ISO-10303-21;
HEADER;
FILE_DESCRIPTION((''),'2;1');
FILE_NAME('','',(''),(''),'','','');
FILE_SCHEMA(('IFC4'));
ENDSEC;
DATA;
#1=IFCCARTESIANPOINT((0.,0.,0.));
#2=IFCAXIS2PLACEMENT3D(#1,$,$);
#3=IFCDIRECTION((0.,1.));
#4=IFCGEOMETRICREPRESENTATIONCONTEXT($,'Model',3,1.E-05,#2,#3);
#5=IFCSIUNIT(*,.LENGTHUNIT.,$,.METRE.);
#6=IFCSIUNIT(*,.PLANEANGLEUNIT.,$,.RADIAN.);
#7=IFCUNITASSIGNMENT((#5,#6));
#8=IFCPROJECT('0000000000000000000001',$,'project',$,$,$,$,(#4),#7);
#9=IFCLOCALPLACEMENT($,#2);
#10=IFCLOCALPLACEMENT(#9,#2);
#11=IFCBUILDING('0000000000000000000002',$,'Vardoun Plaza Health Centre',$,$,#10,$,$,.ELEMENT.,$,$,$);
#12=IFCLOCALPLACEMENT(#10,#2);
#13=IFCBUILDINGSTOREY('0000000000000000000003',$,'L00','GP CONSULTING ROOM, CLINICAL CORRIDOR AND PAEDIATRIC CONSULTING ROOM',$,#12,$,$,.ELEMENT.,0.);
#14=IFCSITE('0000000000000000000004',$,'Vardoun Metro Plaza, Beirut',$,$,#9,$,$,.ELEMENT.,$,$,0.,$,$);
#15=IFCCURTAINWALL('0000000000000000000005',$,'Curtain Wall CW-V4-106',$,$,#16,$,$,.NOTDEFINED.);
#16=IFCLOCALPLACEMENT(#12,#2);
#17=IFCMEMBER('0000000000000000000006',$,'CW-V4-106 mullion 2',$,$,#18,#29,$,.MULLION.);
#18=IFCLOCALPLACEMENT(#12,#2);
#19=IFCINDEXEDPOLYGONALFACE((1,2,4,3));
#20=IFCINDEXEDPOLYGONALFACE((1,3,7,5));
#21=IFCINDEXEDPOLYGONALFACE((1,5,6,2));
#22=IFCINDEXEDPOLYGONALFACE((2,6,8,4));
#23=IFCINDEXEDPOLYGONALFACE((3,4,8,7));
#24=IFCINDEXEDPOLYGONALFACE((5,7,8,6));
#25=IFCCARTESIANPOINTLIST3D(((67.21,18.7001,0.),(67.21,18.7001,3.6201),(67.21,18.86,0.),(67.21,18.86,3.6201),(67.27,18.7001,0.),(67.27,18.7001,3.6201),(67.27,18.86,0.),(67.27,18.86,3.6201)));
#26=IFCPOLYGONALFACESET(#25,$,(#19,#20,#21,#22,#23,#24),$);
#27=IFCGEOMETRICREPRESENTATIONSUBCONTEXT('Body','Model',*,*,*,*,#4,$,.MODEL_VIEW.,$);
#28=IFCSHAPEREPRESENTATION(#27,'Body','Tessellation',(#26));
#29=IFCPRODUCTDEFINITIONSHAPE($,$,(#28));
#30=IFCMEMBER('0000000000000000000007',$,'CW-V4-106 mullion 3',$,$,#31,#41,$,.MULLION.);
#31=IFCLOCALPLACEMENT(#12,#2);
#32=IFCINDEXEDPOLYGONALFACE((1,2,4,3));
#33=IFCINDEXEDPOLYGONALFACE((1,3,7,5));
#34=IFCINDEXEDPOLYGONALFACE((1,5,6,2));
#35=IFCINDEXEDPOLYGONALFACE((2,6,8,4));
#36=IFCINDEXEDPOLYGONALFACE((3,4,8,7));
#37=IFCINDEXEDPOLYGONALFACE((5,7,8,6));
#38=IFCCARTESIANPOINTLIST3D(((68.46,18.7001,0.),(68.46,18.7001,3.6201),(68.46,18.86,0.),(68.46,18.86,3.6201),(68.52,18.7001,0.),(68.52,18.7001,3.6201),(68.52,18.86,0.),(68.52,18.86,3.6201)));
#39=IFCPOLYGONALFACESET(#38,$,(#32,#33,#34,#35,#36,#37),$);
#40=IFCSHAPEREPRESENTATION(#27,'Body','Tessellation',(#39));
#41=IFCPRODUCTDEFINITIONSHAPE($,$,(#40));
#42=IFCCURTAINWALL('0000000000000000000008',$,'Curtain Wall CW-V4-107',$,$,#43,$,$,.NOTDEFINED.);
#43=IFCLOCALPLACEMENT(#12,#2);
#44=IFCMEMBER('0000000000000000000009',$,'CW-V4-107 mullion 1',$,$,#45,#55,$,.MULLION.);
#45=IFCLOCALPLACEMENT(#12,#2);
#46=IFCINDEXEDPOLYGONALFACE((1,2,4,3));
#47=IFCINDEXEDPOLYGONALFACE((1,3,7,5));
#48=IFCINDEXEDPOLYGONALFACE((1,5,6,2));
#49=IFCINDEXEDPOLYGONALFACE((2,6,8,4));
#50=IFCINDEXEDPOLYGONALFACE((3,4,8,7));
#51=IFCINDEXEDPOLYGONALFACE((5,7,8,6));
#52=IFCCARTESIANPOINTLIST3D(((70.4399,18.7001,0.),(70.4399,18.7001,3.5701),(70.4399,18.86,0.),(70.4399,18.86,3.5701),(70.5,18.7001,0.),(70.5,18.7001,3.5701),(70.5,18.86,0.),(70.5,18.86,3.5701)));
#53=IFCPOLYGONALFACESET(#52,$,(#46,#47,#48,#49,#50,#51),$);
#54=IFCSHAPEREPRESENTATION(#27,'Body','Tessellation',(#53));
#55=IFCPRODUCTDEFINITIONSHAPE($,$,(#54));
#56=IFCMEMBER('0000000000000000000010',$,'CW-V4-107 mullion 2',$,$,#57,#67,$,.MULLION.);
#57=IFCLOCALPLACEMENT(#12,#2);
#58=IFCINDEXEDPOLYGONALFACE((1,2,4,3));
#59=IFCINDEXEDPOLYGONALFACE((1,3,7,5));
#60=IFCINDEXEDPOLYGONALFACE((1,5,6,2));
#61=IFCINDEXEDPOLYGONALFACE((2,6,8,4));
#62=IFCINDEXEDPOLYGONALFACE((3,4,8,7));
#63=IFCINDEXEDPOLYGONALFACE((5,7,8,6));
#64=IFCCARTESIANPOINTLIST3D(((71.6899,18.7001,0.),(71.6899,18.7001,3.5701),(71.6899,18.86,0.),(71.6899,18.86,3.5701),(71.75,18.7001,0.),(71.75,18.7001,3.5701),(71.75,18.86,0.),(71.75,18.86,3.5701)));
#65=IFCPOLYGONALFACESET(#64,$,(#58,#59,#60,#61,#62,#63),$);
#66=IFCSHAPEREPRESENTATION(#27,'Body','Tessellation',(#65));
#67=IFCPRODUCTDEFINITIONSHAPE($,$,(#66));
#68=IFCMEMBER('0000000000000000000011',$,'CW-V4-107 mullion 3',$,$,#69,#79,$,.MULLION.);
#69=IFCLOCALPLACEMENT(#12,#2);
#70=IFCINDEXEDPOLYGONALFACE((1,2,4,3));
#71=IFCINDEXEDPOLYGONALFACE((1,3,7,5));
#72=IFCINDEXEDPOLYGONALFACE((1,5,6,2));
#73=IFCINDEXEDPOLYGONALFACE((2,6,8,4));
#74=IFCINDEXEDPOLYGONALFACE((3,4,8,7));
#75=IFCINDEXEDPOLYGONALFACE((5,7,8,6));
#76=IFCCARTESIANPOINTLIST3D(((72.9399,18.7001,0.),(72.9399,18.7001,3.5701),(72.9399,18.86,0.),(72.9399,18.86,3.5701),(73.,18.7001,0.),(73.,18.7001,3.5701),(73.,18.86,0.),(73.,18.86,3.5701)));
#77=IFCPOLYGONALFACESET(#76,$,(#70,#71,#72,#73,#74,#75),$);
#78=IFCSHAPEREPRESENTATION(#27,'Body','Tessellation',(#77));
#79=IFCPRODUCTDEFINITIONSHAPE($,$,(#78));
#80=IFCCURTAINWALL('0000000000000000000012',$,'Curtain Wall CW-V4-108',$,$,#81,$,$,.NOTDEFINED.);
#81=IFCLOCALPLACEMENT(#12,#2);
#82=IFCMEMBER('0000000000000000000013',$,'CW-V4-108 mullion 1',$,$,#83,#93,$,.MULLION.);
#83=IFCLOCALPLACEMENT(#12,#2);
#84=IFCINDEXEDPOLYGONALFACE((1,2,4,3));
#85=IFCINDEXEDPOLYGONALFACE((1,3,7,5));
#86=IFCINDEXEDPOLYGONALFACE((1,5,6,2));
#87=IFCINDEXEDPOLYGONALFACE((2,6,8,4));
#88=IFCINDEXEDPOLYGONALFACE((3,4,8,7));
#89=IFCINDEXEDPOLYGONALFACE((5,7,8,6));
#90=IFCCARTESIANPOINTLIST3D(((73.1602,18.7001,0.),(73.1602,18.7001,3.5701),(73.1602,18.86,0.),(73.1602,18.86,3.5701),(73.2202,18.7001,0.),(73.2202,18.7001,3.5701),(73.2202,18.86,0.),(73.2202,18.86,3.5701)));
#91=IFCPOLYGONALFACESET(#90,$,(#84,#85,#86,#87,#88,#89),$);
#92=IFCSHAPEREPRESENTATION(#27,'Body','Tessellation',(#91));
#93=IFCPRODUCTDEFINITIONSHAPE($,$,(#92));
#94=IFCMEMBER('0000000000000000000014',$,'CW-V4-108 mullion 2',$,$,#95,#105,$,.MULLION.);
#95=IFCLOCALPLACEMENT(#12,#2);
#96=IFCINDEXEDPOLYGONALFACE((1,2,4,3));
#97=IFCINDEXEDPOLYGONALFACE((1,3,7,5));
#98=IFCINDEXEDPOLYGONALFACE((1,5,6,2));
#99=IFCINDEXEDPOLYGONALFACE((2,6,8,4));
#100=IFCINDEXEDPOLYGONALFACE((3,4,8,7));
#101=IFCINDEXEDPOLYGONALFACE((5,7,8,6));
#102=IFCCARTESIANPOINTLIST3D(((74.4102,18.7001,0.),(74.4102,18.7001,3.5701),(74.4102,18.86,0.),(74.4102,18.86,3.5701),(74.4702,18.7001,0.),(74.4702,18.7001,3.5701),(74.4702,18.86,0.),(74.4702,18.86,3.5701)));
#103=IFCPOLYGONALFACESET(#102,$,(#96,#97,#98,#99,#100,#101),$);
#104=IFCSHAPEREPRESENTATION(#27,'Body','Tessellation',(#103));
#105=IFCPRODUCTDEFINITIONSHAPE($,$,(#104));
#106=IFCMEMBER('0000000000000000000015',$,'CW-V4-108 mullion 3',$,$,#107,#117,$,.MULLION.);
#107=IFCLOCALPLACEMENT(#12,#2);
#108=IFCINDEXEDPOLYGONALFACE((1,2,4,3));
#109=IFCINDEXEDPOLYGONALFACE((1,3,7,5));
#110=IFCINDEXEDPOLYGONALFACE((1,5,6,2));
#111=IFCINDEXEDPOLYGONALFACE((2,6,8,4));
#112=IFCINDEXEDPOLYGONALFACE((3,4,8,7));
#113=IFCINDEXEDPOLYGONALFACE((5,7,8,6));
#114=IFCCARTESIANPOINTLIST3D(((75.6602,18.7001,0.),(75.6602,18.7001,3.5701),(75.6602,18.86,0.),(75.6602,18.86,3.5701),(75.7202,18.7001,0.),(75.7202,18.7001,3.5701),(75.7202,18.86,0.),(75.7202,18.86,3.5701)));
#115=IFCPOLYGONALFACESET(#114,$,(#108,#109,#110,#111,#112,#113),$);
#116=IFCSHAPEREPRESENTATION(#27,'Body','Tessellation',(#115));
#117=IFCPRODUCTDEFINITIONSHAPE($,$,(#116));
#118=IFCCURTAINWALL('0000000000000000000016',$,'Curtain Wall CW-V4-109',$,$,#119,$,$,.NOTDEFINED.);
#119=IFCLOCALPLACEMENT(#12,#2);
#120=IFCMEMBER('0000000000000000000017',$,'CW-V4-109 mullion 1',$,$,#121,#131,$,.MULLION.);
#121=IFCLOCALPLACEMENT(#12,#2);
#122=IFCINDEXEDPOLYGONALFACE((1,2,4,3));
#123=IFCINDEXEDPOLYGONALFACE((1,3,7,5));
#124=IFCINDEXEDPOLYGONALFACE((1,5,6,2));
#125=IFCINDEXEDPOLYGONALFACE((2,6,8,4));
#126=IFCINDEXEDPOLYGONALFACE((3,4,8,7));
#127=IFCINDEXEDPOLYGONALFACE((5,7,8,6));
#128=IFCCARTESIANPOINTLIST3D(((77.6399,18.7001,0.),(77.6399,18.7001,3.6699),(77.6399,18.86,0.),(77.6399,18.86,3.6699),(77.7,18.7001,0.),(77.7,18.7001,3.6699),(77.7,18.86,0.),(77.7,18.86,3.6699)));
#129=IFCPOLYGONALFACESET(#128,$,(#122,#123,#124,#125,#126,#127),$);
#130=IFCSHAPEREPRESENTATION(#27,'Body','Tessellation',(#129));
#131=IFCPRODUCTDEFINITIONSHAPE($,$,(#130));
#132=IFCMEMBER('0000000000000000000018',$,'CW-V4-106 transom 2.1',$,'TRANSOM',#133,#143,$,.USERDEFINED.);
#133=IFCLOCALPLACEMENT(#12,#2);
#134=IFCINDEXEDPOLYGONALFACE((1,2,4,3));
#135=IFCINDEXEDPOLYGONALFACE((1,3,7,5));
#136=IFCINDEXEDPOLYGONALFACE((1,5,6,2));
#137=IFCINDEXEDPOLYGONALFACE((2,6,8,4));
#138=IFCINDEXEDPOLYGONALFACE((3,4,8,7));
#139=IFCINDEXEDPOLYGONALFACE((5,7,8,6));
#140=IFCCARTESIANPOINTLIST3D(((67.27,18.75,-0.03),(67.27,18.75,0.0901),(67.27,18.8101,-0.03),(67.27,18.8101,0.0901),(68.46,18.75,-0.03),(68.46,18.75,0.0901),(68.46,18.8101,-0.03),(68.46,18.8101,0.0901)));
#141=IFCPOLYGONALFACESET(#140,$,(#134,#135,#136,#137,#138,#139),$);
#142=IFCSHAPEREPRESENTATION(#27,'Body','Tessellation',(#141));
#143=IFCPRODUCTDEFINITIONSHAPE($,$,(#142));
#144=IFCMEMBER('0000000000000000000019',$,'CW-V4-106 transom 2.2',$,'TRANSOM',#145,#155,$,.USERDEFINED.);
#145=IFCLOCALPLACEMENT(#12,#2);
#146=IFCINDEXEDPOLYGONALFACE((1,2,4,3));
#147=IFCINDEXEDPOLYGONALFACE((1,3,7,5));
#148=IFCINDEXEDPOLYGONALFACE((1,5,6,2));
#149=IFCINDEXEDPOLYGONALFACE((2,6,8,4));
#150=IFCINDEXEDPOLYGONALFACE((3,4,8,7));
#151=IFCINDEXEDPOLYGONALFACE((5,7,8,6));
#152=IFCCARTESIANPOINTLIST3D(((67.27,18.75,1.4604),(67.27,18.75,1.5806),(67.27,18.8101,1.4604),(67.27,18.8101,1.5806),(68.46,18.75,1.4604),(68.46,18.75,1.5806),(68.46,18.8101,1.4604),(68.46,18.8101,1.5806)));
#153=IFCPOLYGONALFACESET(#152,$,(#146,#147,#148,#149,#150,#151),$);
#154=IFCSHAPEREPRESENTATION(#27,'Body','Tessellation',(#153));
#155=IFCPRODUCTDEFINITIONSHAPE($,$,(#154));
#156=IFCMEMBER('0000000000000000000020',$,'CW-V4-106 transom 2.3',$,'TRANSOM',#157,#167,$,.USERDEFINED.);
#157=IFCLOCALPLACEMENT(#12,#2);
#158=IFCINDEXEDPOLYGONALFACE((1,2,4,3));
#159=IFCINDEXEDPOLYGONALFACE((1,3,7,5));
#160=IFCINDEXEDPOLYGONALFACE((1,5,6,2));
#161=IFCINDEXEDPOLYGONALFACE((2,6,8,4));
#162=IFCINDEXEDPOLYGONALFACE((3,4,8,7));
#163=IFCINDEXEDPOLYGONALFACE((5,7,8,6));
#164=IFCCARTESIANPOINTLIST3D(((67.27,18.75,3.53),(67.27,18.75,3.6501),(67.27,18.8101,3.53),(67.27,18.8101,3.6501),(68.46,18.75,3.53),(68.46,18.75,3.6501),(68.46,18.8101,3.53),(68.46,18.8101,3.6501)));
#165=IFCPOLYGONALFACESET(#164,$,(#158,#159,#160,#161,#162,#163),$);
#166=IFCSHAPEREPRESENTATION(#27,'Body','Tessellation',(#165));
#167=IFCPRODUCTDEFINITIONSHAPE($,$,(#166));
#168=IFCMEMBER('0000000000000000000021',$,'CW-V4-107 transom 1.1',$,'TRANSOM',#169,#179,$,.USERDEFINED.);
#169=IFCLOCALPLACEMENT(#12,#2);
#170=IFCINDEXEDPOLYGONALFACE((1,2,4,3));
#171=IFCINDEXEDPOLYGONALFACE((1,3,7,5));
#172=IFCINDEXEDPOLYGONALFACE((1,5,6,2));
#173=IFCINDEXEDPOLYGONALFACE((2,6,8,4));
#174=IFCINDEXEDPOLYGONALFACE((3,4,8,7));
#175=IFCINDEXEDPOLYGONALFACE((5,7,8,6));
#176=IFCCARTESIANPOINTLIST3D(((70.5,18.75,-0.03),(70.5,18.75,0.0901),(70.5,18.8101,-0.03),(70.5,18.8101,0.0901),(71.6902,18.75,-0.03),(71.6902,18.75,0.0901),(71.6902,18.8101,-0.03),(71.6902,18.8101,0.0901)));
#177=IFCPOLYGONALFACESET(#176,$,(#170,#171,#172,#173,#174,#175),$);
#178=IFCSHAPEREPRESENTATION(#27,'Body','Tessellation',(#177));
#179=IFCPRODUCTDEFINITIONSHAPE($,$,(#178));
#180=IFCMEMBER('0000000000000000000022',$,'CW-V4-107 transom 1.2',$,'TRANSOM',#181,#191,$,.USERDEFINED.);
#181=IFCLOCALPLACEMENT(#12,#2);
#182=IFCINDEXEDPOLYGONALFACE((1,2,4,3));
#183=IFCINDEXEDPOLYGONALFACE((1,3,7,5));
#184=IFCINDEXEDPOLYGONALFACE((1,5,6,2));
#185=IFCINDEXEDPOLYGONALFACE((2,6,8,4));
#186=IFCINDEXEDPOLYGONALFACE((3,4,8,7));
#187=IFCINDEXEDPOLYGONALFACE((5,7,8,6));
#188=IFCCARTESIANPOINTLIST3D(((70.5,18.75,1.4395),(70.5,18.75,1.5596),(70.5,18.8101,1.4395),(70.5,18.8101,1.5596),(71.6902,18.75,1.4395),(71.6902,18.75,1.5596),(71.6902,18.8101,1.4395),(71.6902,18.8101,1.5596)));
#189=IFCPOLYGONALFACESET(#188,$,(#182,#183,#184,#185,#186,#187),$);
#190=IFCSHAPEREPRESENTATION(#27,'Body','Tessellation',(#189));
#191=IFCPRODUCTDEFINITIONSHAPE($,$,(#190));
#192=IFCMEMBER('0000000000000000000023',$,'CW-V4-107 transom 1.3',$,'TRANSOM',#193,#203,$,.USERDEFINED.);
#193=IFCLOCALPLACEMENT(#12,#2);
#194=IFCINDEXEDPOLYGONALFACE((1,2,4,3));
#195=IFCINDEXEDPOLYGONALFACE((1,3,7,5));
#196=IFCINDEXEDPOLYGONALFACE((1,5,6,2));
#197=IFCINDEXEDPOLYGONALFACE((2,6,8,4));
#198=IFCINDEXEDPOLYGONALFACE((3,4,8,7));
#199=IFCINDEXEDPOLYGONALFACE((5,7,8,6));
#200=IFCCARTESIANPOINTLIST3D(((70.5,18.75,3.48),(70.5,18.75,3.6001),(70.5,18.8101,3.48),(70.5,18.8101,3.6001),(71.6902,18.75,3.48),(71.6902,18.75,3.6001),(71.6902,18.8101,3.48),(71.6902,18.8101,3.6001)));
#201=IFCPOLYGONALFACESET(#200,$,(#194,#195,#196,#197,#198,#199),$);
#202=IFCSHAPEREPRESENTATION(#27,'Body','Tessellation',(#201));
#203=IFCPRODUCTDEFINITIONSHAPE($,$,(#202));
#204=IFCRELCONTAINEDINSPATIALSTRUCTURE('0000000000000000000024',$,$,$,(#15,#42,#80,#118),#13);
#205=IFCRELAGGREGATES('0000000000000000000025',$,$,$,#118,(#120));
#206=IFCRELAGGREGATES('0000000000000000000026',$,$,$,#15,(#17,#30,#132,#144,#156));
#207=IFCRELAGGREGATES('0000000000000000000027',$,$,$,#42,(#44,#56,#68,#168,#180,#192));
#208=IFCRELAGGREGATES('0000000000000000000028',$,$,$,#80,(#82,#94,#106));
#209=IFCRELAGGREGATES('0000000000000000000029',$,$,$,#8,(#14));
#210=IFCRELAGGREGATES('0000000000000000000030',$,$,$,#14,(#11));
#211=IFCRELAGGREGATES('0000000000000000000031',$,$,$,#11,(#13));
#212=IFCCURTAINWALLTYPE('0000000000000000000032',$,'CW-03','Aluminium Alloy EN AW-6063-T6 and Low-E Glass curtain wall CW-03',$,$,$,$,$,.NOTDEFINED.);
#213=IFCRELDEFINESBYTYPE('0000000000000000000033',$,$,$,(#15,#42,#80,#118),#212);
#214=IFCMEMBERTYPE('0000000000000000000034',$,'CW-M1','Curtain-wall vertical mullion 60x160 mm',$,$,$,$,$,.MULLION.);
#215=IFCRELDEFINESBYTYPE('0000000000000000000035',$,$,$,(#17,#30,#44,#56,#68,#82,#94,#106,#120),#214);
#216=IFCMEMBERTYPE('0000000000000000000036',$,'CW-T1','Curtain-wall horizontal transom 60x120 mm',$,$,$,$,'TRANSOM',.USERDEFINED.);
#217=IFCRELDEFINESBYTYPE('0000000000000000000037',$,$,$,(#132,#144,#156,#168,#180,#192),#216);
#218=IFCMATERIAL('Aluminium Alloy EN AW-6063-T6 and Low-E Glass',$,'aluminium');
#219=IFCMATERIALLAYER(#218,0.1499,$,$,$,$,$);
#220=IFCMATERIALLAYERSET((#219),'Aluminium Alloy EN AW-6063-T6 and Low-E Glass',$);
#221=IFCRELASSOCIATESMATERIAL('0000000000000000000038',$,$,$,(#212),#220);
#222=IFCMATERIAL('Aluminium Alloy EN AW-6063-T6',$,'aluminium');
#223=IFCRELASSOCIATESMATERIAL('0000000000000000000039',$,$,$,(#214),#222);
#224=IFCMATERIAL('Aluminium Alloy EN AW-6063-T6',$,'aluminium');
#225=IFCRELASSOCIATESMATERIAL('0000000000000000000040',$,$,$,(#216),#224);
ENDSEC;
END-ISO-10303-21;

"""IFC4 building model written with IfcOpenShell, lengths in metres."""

from ifc_helpers import new_model, si_unit, direction, frame, origin, origin_2d, place, context, subcontext, project, spatial, rectangle, extrude, material, layer, layer_set, material_profile, profile_set, type_object, element, aggregate, save


model = new_model("IFC4")

# Units and contexts
model_context = context("Model", 3, precision=1e-05, world=origin(), true_north=direction((0.0, 1.0)))
body_context = subcontext(model_context, "Body", "Model", "MODEL_VIEW")
ifc_project = project(units=[si_unit("LENGTHUNIT", "METRE"), si_unit("PLANEANGLEUNIT", "RADIAN")], contexts=[model_context])

# Site, building, storey
site_placement = place(None, origin())
site = spatial("IfcSite", under=ifc_project, at=site_placement, Name="Vardoun Metro Plaza, Beirut", CompositionType="ELEMENT", RefElevation=0.0)
building_placement = place(site_placement, origin())
building = spatial("IfcBuilding", under=site, at=building_placement, Name="Vardoun Plaza Health Centre", CompositionType="ELEMENT")
storey_placement = place(building_placement, origin())
storey = spatial("IfcBuildingStorey", under=building, at=storey_placement, Name="L00", Description="GP CONSULTING ROOM, CLINICAL CORRIDOR AND PAEDIATRIC CONSULTING ROOM", CompositionType="ELEMENT", Elevation=0.0)

# Curtain walls, members
ifc_material_1 = material(Name="Aluminium Alloy EN AW-6063-T6 and Low-E Glass", Category="aluminium")
ifc_layer_1 = layer(ifc_material_1, 0.1499)
ifc_layer_set_1 = layer_set([ifc_layer_1], Name="Aluminium Alloy EN AW-6063-T6 and Low-E Glass")
curtain_wall_type = type_object("IfcCurtainWallType", Name="CW-03", Description="Aluminium Alloy EN AW-6063-T6 and Low-E Glass curtain wall CW-03", PredefinedType="NOTDEFINED", material=ifc_layer_set_1)
curtain_wall_1_placement = place(storey_placement, origin())
curtain_wall_1 = element("IfcCurtainWall", 1, at=curtain_wall_1_placement, inside=storey, type_object=curtain_wall_type, Name="Curtain Wall CW-V4-106", PredefinedType="NOTDEFINED")
ifc_material_2 = material(Name="Aluminium Alloy EN AW-6063-T6", Category="aluminium")
ifc_material_profile_1 = material_profile(ifc_material_2, rectangle(XDim=0.1599, YDim=0.0601, at=origin_2d()), Name="CWM 60x160")
ifc_profile_set_1 = profile_set([ifc_material_profile_1], Name="Aluminium Alloy EN AW-6063-T6")
member_type_1 = type_object("IfcMemberType", Name="CW-M1", Description="Curtain-wall vertical mullion 60x160 mm", PredefinedType="MULLION", material=ifc_profile_set_1)
member_1_placement = place(storey_placement, frame((67.24, 18.78, 0.0), z_axis=(0.0, 0.0, 1.0), x_axis=(0.0, 1.0, 0.0)))
member_1 = element("IfcMember", 2, at=member_1_placement, type_object=member_type_1, Name="CW-V4-106 mullion 2", PredefinedType="MULLION", context=body_context, shape_type="SweptSolid", body=[
    extrude(rectangle(XDim=0.1599, YDim=0.0601, at=origin_2d()), origin(), (0.0, 0.0, 1.0), 3.6201),
])
member_2_placement = place(storey_placement, frame((68.49, 18.78, 0.0), z_axis=(0.0, 0.0, 1.0), x_axis=(0.0, 1.0, 0.0)))
member_2 = element("IfcMember", 3, at=member_2_placement, type_object=member_type_1, Name="CW-V4-106 mullion 3", PredefinedType="MULLION", context=body_context, shape_type="SweptSolid", body=[
    extrude(rectangle(XDim=0.1599, YDim=0.0601, at=origin_2d()), origin(), (0.0, 0.0, 1.0), 3.6201),
])
curtain_wall_2_placement = place(storey_placement, origin())
curtain_wall_2 = element("IfcCurtainWall", 4, at=curtain_wall_2_placement, inside=storey, type_object=curtain_wall_type, Name="Curtain Wall CW-V4-107", PredefinedType="NOTDEFINED")
member_3_placement = place(storey_placement, frame((70.47, 18.78, 0.0), z_axis=(0.0, 0.0, 1.0), x_axis=(0.0, 1.0, 0.0)))
member_3 = element("IfcMember", 5, at=member_3_placement, type_object=member_type_1, Name="CW-V4-107 mullion 1", PredefinedType="MULLION", context=body_context, shape_type="SweptSolid", body=[
    extrude(rectangle(XDim=0.1599, YDim=0.0601, at=origin_2d()), origin(), (0.0, 0.0, 1.0), 3.5701),
])
member_4_placement = place(storey_placement, frame((71.72, 18.78, 0.0), z_axis=(0.0, 0.0, 1.0), x_axis=(0.0, 1.0, 0.0)))
member_4 = element("IfcMember", 6, at=member_4_placement, type_object=member_type_1, Name="CW-V4-107 mullion 2", PredefinedType="MULLION", context=body_context, shape_type="SweptSolid", body=[
    extrude(rectangle(XDim=0.1599, YDim=0.0601, at=origin_2d()), origin(), (0.0, 0.0, 1.0), 3.5701),
])
member_5_placement = place(storey_placement, frame((72.97, 18.78, 0.0), z_axis=(0.0, 0.0, 1.0), x_axis=(0.0, 1.0, 0.0)))
member_5 = element("IfcMember", 7, at=member_5_placement, type_object=member_type_1, Name="CW-V4-107 mullion 3", PredefinedType="MULLION", context=body_context, shape_type="SweptSolid", body=[
    extrude(rectangle(XDim=0.1599, YDim=0.0601, at=origin_2d()), origin(), (0.0, 0.0, 1.0), 3.5701),
])
curtain_wall_3_placement = place(storey_placement, origin())
curtain_wall_3 = element("IfcCurtainWall", 8, at=curtain_wall_3_placement, inside=storey, type_object=curtain_wall_type, Name="Curtain Wall CW-V4-108", PredefinedType="NOTDEFINED")
member_6_placement = place(storey_placement, frame((73.1902, 18.78, 0.0), z_axis=(0.0, 0.0, 1.0), x_axis=(0.0, 1.0, 0.0)))
member_6 = element("IfcMember", 9, at=member_6_placement, type_object=member_type_1, Name="CW-V4-108 mullion 1", PredefinedType="MULLION", context=body_context, shape_type="SweptSolid", body=[
    extrude(rectangle(XDim=0.1599, YDim=0.0601, at=origin_2d()), origin(), (0.0, 0.0, 1.0), 3.5701),
])
member_7_placement = place(storey_placement, frame((74.4402, 18.78, 0.0), z_axis=(0.0, 0.0, 1.0), x_axis=(0.0, 1.0, 0.0)))
member_7 = element("IfcMember", 10, at=member_7_placement, type_object=member_type_1, Name="CW-V4-108 mullion 2", PredefinedType="MULLION", context=body_context, shape_type="SweptSolid", body=[
    extrude(rectangle(XDim=0.1599, YDim=0.0601, at=origin_2d()), origin(), (0.0, 0.0, 1.0), 3.5701),
])
member_8_placement = place(storey_placement, frame((75.6902, 18.78, 0.0), z_axis=(0.0, 0.0, 1.0), x_axis=(0.0, 1.0, 0.0)))
member_8 = element("IfcMember", 11, at=member_8_placement, type_object=member_type_1, Name="CW-V4-108 mullion 3", PredefinedType="MULLION", context=body_context, shape_type="SweptSolid", body=[
    extrude(rectangle(XDim=0.1599, YDim=0.0601, at=origin_2d()), origin(), (0.0, 0.0, 1.0), 3.5701),
])

# Curtain wall, member
curtain_wall_4_placement = place(storey_placement, origin())
curtain_wall_4 = element("IfcCurtainWall", 12, at=curtain_wall_4_placement, inside=storey, type_object=curtain_wall_type, Name="Curtain Wall CW-V4-109", PredefinedType="NOTDEFINED")
member_9_placement = place(storey_placement, frame((77.6699, 18.78, 0.0), z_axis=(0.0, 0.0, 1.0), x_axis=(0.0, 1.0, 0.0)))
member_9 = element("IfcMember", 13, at=member_9_placement, type_object=member_type_1, Name="CW-V4-109 mullion 1", PredefinedType="MULLION", context=body_context, shape_type="SweptSolid", body=[
    extrude(rectangle(XDim=0.1599, YDim=0.0601, at=origin_2d()), origin(), (0.0, 0.0, 1.0), 3.6699),
])

# Members
ifc_material_3 = material(Name="Aluminium Alloy EN AW-6063-T6", Category="aluminium")
ifc_material_profile_2 = material_profile(ifc_material_3, rectangle(XDim=0.0601, YDim=0.1201, at=origin_2d()), Name="CWT 60x120")
ifc_profile_set_2 = profile_set([ifc_material_profile_2], Name="Aluminium Alloy EN AW-6063-T6")
member_type_2 = type_object("IfcMemberType", Name="CW-T1", Description="Curtain-wall horizontal transom 60x120 mm", ElementType="TRANSOM", PredefinedType="USERDEFINED", material=ifc_profile_set_2)
member_10_placement = place(storey_placement, frame((67.27, 18.78, 0.03), z_axis=(1.0, 0.0, 0.0), x_axis=(0.0, 1.0, 0.0)))
member_10 = element("IfcMember", 14, at=member_10_placement, type_object=member_type_2, Name="CW-V4-106 transom 2.1", ObjectType="TRANSOM", PredefinedType="USERDEFINED", context=body_context, shape_type="SweptSolid", body=[
    extrude(rectangle(XDim=0.0601, YDim=0.1201, at=origin_2d()), origin(), (0.0, 0.0, 1.0), 1.1899),
])
member_11_placement = place(storey_placement, frame((67.27, 18.78, 1.5205), z_axis=(1.0, 0.0, 0.0), x_axis=(0.0, 1.0, 0.0)))
member_11 = element("IfcMember", 15, at=member_11_placement, type_object=member_type_2, Name="CW-V4-106 transom 2.2", ObjectType="TRANSOM", PredefinedType="USERDEFINED", context=body_context, shape_type="SweptSolid", body=[
    extrude(rectangle(XDim=0.0601, YDim=0.1201, at=origin_2d()), origin(), (0.0, 0.0, 1.0), 1.1899),
])
member_12_placement = place(storey_placement, frame((67.27, 18.78, 3.5901), z_axis=(1.0, 0.0, 0.0), x_axis=(0.0, 1.0, 0.0)))
member_12 = element("IfcMember", 16, at=member_12_placement, type_object=member_type_2, Name="CW-V4-106 transom 2.3", ObjectType="TRANSOM", PredefinedType="USERDEFINED", context=body_context, shape_type="SweptSolid", body=[
    extrude(rectangle(XDim=0.0601, YDim=0.1201, at=origin_2d()), origin(), (0.0, 0.0, 1.0), 1.1899),
])
member_13_placement = place(storey_placement, frame((70.5, 18.78, 0.03), z_axis=(1.0, 0.0, 0.0), x_axis=(0.0, 1.0, 0.0)))
member_13 = element("IfcMember", 17, at=member_13_placement, type_object=member_type_2, Name="CW-V4-107 transom 1.1", ObjectType="TRANSOM", PredefinedType="USERDEFINED", context=body_context, shape_type="SweptSolid", body=[
    extrude(rectangle(XDim=0.0601, YDim=0.1201, at=origin_2d()), origin(), (0.0, 0.0, 1.0), 1.1902),
])
member_14_placement = place(storey_placement, frame((70.5, 18.78, 1.4995), z_axis=(1.0, 0.0, 0.0), x_axis=(0.0, 1.0, 0.0)))
member_14 = element("IfcMember", 18, at=member_14_placement, type_object=member_type_2, Name="CW-V4-107 transom 1.2", ObjectType="TRANSOM", PredefinedType="USERDEFINED", context=body_context, shape_type="SweptSolid", body=[
    extrude(rectangle(XDim=0.0601, YDim=0.1201, at=origin_2d()), origin(), (0.0, 0.0, 1.0), 1.1902),
])
member_15_placement = place(storey_placement, frame((70.5, 18.78, 3.54), z_axis=(1.0, 0.0, 0.0), x_axis=(0.0, 1.0, 0.0)))
member_15 = element("IfcMember", 19, at=member_15_placement, type_object=member_type_2, Name="CW-V4-107 transom 1.3", ObjectType="TRANSOM", PredefinedType="USERDEFINED", context=body_context, shape_type="SweptSolid", body=[
    extrude(rectangle(XDim=0.0601, YDim=0.1201, at=origin_2d()), origin(), (0.0, 0.0, 1.0), 1.1902),
])
aggregate(curtain_wall_4, [member_9])

aggregate(curtain_wall_1, [member_1, member_2, member_10, member_11, member_12])
aggregate(curtain_wall_2, [member_3, member_4, member_5, member_13, member_14, member_15])
aggregate(curtain_wall_3, [member_6, member_7, member_8])

save(model, "model.ifc")
